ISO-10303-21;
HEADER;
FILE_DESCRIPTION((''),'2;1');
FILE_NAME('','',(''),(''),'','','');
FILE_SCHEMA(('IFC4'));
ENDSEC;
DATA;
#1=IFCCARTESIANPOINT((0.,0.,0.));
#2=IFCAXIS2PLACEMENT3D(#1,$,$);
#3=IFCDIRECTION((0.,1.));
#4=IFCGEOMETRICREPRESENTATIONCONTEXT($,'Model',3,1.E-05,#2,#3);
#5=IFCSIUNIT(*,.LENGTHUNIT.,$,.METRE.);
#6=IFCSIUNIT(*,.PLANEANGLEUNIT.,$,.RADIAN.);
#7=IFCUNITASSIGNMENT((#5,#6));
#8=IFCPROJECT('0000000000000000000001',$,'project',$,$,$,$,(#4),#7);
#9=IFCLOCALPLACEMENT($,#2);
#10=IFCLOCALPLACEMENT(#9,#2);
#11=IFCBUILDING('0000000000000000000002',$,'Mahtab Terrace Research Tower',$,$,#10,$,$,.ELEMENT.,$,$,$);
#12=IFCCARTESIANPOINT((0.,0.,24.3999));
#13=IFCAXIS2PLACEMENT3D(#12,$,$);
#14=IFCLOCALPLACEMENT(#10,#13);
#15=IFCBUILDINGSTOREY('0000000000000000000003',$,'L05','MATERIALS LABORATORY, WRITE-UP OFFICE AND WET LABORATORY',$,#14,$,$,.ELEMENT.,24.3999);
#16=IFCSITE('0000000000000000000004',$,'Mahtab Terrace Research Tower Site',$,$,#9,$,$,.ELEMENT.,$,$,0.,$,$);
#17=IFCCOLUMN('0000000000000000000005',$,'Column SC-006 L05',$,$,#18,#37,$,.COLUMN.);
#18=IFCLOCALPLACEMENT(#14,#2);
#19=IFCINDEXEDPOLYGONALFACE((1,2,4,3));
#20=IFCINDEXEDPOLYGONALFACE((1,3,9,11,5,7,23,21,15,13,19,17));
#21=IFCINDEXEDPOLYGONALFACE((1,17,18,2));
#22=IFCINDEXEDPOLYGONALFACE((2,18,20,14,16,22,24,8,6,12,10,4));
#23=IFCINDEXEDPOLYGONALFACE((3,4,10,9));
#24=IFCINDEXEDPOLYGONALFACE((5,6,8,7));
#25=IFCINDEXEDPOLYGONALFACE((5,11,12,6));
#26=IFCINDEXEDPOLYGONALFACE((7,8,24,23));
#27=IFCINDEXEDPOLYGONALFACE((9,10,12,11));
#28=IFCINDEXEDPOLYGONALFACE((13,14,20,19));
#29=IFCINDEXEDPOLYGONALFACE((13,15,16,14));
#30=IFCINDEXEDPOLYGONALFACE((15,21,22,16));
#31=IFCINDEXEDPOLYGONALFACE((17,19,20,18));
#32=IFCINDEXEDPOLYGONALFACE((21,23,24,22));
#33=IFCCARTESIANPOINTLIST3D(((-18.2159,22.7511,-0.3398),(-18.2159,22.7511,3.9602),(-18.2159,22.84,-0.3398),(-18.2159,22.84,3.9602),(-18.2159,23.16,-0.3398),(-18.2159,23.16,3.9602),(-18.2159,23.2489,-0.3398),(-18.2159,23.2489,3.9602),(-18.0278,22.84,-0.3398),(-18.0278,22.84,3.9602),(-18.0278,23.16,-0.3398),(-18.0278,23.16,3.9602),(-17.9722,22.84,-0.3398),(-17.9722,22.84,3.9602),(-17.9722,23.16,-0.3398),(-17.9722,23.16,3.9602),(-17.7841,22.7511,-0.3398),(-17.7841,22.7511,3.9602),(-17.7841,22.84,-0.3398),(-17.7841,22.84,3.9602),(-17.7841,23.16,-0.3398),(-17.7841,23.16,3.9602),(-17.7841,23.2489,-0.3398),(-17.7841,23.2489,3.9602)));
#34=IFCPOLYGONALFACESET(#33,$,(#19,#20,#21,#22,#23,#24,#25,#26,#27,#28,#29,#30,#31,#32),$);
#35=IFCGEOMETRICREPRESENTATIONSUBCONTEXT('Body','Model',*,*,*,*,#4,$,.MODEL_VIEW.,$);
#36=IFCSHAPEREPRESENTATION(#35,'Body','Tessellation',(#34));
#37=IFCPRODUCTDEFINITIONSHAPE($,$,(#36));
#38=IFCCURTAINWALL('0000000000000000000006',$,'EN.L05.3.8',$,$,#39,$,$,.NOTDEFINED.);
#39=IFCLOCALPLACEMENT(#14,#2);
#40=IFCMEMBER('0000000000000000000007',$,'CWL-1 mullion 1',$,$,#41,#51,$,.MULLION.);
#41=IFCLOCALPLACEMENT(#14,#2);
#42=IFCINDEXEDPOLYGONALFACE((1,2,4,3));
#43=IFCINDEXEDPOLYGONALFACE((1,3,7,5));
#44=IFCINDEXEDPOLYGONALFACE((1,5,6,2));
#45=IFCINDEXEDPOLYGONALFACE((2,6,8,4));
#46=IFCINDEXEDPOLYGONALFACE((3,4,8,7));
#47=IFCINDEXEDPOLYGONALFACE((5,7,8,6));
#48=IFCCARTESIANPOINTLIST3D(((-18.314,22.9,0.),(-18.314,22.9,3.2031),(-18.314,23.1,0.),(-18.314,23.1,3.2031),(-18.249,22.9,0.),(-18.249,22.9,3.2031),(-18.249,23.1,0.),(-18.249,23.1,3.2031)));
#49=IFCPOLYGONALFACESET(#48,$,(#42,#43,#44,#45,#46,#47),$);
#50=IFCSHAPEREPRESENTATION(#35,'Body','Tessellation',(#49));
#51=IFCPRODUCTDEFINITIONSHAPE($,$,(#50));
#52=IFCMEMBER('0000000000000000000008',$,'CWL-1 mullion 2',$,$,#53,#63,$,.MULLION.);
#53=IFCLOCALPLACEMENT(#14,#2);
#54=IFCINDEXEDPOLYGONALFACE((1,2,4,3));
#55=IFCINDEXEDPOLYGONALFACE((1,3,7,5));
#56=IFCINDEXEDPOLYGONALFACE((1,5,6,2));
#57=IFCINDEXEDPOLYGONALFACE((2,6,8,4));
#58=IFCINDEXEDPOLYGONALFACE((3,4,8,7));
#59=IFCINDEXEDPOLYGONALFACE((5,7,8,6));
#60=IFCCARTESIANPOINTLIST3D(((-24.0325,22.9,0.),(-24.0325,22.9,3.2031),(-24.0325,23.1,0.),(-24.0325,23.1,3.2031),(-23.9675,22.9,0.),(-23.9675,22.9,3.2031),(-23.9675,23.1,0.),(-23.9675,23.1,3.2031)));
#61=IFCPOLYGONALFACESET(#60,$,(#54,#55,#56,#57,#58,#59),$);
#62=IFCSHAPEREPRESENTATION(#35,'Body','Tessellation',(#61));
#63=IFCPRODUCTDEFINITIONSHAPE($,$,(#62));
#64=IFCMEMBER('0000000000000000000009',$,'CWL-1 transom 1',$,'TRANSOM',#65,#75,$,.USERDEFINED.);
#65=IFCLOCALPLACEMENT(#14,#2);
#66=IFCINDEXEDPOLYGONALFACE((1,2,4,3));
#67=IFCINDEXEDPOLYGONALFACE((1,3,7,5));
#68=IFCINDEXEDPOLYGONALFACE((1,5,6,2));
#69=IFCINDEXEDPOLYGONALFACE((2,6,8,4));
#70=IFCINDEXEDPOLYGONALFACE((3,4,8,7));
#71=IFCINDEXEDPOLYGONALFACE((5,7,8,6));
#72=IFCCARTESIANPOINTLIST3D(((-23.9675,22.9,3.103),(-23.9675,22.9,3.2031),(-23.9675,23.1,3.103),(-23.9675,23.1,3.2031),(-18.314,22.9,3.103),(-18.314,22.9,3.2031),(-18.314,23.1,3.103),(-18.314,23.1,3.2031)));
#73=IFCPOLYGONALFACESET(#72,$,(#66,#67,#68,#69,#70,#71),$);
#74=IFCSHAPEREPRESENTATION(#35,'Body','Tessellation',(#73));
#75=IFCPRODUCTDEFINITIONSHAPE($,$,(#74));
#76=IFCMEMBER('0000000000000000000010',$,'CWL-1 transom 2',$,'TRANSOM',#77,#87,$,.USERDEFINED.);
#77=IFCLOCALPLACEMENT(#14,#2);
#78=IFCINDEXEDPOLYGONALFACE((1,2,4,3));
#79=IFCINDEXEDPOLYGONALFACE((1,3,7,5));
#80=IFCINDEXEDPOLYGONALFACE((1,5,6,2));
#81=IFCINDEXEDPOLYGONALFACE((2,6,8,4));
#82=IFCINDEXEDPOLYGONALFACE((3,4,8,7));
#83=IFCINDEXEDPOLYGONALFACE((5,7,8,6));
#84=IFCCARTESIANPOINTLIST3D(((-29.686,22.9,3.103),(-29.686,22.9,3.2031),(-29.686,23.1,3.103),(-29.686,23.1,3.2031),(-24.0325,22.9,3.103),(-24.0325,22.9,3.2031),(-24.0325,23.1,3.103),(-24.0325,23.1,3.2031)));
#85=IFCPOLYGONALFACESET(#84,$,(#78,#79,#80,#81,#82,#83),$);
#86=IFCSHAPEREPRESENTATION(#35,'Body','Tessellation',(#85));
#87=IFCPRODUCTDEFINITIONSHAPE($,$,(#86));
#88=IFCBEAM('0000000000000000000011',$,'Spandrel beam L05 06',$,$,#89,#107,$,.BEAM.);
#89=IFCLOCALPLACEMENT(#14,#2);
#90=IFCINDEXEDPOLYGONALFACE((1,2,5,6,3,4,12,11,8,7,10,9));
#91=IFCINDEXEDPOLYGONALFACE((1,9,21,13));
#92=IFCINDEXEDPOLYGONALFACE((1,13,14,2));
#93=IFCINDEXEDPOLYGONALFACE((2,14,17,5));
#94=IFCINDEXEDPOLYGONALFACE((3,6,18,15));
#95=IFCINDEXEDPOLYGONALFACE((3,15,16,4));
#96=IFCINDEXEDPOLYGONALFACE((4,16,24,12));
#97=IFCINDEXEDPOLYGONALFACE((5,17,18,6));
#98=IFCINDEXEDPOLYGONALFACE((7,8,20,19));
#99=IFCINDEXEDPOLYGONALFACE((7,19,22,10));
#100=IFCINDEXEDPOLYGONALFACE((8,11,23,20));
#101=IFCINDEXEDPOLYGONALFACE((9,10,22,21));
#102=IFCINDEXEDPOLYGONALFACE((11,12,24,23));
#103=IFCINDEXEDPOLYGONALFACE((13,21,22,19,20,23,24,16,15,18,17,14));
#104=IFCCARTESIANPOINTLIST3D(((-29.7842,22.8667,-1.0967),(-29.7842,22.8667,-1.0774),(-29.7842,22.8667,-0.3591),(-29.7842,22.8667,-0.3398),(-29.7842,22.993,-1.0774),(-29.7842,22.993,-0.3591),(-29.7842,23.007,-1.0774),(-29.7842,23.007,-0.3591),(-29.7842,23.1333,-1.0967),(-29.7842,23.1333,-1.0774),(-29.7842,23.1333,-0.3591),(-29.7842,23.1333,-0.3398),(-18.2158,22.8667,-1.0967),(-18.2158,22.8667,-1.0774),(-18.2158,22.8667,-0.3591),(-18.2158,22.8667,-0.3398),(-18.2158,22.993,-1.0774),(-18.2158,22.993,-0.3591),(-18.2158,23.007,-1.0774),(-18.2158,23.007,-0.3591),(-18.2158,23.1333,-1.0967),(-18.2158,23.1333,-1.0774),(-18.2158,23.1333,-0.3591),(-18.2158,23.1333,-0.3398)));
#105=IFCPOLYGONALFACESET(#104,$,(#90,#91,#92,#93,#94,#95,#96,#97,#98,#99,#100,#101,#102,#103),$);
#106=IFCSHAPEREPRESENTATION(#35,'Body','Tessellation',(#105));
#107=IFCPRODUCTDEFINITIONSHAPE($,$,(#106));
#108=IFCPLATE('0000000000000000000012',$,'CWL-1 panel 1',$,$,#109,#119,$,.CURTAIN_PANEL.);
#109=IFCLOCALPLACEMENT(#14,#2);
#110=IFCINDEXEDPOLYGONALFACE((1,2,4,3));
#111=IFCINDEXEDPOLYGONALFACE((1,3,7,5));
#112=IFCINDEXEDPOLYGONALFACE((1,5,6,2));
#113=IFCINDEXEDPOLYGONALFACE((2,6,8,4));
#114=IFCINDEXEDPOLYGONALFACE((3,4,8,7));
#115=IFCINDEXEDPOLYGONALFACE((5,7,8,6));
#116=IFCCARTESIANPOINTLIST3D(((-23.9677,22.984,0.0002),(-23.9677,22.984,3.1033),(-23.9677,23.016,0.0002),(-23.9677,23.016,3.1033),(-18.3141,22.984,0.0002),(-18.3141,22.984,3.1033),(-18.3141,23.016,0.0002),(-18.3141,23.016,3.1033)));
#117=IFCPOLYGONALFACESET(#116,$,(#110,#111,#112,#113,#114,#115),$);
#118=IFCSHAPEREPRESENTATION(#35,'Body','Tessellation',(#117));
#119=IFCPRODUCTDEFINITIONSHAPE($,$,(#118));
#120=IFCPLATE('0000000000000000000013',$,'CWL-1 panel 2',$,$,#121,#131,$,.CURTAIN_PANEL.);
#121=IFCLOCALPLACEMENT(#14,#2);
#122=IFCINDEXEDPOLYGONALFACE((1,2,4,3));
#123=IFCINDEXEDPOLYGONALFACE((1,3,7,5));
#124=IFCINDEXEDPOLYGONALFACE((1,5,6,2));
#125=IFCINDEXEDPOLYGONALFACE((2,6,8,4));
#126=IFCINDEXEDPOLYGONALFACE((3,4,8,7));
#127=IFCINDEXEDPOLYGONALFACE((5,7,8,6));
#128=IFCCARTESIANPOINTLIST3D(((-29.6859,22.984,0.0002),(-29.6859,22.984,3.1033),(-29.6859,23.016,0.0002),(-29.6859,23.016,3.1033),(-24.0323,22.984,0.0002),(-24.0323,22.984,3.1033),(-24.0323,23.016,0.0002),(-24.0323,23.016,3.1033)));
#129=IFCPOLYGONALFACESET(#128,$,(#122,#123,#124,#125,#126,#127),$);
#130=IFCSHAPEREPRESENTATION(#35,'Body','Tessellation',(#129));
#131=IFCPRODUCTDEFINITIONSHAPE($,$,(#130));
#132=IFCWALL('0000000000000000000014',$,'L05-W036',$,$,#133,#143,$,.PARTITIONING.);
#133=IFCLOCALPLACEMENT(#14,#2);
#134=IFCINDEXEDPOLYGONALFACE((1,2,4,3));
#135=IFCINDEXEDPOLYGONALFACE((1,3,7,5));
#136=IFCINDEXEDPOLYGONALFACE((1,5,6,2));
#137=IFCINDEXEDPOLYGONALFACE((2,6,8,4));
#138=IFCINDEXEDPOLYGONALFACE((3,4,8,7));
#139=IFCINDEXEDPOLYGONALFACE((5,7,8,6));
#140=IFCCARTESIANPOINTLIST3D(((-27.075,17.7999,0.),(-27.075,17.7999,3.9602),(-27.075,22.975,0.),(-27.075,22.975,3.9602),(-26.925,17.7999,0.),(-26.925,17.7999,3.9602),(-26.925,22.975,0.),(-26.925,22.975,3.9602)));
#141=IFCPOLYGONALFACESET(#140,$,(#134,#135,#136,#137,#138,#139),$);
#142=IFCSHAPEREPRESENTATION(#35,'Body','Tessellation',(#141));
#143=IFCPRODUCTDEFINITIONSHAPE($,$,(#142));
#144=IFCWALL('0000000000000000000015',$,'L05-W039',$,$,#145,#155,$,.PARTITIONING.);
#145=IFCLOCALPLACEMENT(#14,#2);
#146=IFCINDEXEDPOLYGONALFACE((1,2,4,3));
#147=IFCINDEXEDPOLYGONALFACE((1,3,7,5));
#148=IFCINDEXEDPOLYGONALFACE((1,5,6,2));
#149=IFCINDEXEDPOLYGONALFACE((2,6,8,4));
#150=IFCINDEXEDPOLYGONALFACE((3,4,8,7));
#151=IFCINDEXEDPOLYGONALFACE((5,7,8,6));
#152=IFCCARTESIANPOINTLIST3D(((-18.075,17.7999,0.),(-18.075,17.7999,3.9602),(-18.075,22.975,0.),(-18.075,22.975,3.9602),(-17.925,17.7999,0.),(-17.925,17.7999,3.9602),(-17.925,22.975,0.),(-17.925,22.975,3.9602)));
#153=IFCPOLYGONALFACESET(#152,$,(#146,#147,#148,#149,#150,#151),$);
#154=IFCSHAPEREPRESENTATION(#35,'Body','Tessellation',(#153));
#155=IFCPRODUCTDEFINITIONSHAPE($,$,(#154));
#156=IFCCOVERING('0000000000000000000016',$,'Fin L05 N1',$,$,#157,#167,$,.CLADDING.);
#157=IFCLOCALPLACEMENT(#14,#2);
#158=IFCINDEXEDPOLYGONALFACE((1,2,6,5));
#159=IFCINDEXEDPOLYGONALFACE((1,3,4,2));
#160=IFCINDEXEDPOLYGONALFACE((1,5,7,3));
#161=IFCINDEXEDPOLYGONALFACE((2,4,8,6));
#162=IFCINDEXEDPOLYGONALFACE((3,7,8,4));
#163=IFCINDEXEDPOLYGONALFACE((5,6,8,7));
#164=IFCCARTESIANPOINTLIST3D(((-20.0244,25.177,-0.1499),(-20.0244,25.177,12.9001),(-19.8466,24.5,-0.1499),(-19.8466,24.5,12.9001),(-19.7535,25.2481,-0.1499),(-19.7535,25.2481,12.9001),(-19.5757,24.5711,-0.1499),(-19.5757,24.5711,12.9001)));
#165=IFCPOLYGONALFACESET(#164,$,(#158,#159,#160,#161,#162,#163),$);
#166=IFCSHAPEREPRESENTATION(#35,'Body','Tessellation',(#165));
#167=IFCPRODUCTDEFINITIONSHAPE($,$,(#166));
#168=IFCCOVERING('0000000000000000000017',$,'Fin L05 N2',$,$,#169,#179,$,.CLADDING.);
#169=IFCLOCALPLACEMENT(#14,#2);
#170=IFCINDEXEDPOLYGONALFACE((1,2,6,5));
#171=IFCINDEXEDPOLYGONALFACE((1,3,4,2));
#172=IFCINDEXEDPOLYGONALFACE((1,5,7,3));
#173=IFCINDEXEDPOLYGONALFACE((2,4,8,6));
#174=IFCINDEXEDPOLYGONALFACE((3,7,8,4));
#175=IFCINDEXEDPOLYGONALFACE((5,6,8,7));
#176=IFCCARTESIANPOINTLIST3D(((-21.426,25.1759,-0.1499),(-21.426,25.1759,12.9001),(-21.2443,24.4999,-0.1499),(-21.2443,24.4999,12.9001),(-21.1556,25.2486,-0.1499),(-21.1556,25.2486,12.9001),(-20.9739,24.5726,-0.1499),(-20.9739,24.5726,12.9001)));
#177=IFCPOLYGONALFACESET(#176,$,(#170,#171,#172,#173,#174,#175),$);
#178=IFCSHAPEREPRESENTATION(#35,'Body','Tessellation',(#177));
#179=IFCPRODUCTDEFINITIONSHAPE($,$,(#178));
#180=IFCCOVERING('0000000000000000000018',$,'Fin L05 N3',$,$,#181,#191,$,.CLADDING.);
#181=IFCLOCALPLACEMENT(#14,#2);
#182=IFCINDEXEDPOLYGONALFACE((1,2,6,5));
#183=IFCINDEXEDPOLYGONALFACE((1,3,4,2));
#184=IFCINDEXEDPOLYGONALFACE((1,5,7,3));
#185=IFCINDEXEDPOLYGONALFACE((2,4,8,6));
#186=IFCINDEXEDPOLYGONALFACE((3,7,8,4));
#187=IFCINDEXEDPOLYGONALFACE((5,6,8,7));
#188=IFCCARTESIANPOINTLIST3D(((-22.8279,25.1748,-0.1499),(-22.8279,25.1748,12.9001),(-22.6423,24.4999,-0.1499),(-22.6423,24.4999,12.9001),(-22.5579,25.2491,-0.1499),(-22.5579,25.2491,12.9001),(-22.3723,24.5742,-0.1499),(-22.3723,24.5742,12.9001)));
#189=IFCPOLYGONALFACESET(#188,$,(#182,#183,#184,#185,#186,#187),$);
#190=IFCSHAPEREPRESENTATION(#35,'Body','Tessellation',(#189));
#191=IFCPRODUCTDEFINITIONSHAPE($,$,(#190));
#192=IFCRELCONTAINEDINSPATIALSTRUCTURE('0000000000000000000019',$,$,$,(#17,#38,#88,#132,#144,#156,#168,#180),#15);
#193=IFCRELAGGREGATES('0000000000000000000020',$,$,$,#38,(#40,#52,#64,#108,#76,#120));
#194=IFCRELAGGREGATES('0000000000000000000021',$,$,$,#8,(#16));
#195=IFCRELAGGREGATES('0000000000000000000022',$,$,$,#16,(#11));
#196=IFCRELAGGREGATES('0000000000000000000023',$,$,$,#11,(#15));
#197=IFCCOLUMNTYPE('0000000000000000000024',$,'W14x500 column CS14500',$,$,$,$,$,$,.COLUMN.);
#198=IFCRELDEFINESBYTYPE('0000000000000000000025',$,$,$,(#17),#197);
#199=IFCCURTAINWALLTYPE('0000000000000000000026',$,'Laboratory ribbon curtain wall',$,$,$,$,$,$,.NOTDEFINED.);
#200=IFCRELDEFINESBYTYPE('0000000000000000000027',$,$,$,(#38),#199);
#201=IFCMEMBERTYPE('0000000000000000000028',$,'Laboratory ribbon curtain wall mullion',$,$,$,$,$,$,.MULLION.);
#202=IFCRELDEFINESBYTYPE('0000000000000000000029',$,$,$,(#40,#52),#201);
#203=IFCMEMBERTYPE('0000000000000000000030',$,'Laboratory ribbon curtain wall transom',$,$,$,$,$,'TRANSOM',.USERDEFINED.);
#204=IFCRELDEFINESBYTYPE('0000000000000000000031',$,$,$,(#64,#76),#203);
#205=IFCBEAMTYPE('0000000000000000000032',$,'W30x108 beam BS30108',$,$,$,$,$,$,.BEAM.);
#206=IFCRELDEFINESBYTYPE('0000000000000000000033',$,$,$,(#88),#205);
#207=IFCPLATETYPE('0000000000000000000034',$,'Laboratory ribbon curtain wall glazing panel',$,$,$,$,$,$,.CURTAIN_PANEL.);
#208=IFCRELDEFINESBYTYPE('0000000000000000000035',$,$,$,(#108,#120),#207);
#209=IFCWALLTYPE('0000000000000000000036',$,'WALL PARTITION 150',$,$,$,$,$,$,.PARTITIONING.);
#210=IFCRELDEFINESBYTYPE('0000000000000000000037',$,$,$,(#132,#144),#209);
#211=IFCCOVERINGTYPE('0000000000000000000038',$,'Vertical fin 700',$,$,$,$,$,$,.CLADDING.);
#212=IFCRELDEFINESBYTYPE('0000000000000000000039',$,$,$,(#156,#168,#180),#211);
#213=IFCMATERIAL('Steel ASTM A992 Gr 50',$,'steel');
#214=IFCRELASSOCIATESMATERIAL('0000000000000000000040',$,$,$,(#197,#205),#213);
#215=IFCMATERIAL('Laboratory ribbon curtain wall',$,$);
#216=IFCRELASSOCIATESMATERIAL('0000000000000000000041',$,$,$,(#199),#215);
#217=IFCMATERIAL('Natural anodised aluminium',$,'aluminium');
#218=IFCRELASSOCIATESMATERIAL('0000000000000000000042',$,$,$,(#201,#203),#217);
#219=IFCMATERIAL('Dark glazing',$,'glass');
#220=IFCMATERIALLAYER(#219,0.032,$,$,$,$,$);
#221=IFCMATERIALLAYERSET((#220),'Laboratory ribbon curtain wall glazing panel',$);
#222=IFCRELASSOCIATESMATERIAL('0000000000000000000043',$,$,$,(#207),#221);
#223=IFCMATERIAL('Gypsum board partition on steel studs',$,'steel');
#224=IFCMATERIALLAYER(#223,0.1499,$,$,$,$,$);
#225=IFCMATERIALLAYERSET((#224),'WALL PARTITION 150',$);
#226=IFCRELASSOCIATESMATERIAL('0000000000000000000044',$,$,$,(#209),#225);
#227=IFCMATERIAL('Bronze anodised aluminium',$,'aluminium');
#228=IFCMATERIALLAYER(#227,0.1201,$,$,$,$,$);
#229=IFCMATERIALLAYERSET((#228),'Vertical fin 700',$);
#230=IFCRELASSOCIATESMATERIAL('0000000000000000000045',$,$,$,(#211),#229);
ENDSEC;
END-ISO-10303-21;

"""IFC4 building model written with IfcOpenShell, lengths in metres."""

from ifc_helpers import new_model, si_unit, direction, frame, frame_2d, origin, origin_2d, place, context, subcontext, project, spatial, rectangle, i_section, extrude, material, layer, layer_set, material_profile, profile_set, type_object, element, aggregate, save


model = new_model("IFC4")

# Units and contexts
model_context = context("Model", 3, precision=1e-05, world=origin(), true_north=direction((0.0, 1.0)))
body_context = subcontext(model_context, "Body", "Model", "MODEL_VIEW")
ifc_project = project(units=[si_unit("LENGTHUNIT", "METRE"), si_unit("PLANEANGLEUNIT", "RADIAN")], contexts=[model_context])

# Site, building, storey
site_placement = place(None, origin())
site = spatial("IfcSite", under=ifc_project, at=site_placement, Name="Mahtab Terrace Research Tower Site", CompositionType="ELEMENT", RefElevation=0.0)
building_placement = place(site_placement, origin())
building = spatial("IfcBuilding", under=site, at=building_placement, Name="Mahtab Terrace Research Tower", CompositionType="ELEMENT")
storey_placement = place(building_placement, frame((0.0, 0.0, 24.3999)))
storey = spatial("IfcBuildingStorey", under=building, at=storey_placement, Name="L05", Description="MATERIALS LABORATORY, WRITE-UP OFFICE AND WET LABORATORY", CompositionType="ELEMENT", Elevation=24.3999)

# Column
ifc_material_1 = material(Name="Steel ASTM A992 Gr 50", Category="steel")
ifc_material_profile_1 = material_profile(ifc_material_1, i_section(OverallWidth=0.4319, OverallDepth=0.4978, WebThickness=0.0557, FlangeThickness=0.0889, at=origin_2d()), Name="W14X500")
ifc_profile_set_1 = profile_set([ifc_material_profile_1], Name="Steel ASTM A992 Gr 50")
column_type = type_object("IfcColumnType", Name="W14x500 column CS14500", PredefinedType="COLUMN", material=ifc_profile_set_1)
column_placement = place(storey_placement, frame((-18.0, 23.0, -0.3398), z_axis=(0.0, 0.0, 1.0), x_axis=(1.0, 0.0, 0.0)))
element("IfcColumn", 1, at=column_placement, inside=storey, type_object=column_type, Name="Column SC-006 L05", PredefinedType="COLUMN", context=body_context, shape_type="SweptSolid", body=[
    extrude(i_section(OverallWidth=0.4319, OverallDepth=0.4978, WebThickness=0.0557, FlangeThickness=0.0889, at=origin_2d()), origin(), (0.0, 0.0, 1.0), 4.3),
])

# Curtain wall, members
ifc_material_2 = material(Name="Laboratory ribbon curtain wall")
curtain_wall_type = type_object("IfcCurtainWallType", Name="Laboratory ribbon curtain wall", PredefinedType="NOTDEFINED", material=ifc_material_2)
curtain_wall_placement = place(storey_placement, origin())
curtain_wall = element("IfcCurtainWall", 2, at=curtain_wall_placement, inside=storey, type_object=curtain_wall_type, Name="EN.L05.3.8", PredefinedType="NOTDEFINED")
ifc_material_3 = material(Name="Natural anodised aluminium", Category="aluminium")
ifc_material_profile_2 = material_profile(ifc_material_3, rectangle(XDim=0.2, YDim=0.0649, at=origin_2d()), Name="MULLION 65x200")
ifc_profile_set_2 = profile_set([ifc_material_profile_2], Name="Natural anodised aluminium")
member_type_1 = type_object("IfcMemberType", Name="Laboratory ribbon curtain wall mullion", PredefinedType="MULLION", material=ifc_profile_set_2)
member_1_placement = place(storey_placement, frame((-18.2815, 23.0, 0.0), z_axis=(0.0, 0.0, 1.0), x_axis=(0.0, -1.0, 0.0)))
member_1 = element("IfcMember", 3, at=member_1_placement, type_object=member_type_1, Name="CWL-1 mullion 1", PredefinedType="MULLION", context=body_context, shape_type="SweptSolid", body=[
    extrude(rectangle(XDim=0.2, YDim=0.0649, at=origin_2d()), origin(), (0.0, 0.0, 1.0), 3.2031),
])
member_2_placement = place(storey_placement, frame((-24.0, 23.0, 0.0), z_axis=(0.0, 0.0, 1.0), x_axis=(0.0, -1.0, 0.0)))
member_2 = element("IfcMember", 4, at=member_2_placement, type_object=member_type_1, Name="CWL-1 mullion 2", PredefinedType="MULLION", context=body_context, shape_type="SweptSolid", body=[
    extrude(rectangle(XDim=0.2, YDim=0.0649, at=origin_2d()), origin(), (0.0, 0.0, 1.0), 3.2031),
])
ifc_material_profile_3 = material_profile(ifc_material_3, rectangle(XDim=0.2, YDim=0.1001, at=origin_2d()), Name="TRANSOM 100x200")
ifc_profile_set_3 = profile_set([ifc_material_profile_3], Name="Natural anodised aluminium")
member_type_2 = type_object("IfcMemberType", Name="Laboratory ribbon curtain wall transom", ElementType="TRANSOM", PredefinedType="USERDEFINED", material=ifc_profile_set_3)
member_3_placement = place(storey_placement, frame((-18.314, 23.0, 3.1531), z_axis=(-1.0, 0.0, 0.0), x_axis=(0.0, -1.0, 0.0)))
member_3 = element("IfcMember", 5, at=member_3_placement, type_object=member_type_2, Name="CWL-1 transom 1", ObjectType="TRANSOM", PredefinedType="USERDEFINED", context=body_context, shape_type="SweptSolid", body=[
    extrude(rectangle(XDim=0.2, YDim=0.1001, at=origin_2d()), origin(), (0.0, 0.0, 1.0), 5.6536),
])
member_4_placement = place(storey_placement, frame((-24.0325, 23.0, 3.1531), z_axis=(-1.0, 0.0, 0.0), x_axis=(0.0, -1.0, 0.0)))
member_4 = element("IfcMember", 6, at=member_4_placement, type_object=member_type_2, Name="CWL-1 transom 2", ObjectType="TRANSOM", PredefinedType="USERDEFINED", context=body_context, shape_type="SweptSolid", body=[
    extrude(rectangle(XDim=0.2, YDim=0.1001, at=origin_2d()), origin(), (0.0, 0.0, 1.0), 5.6536),
])

# Beam
ifc_material_profile_4 = material_profile(ifc_material_1, i_section(OverallWidth=0.2666, OverallDepth=0.7568, WebThickness=0.0139, FlangeThickness=0.0193, at=origin_2d()), Name="W30X108")
ifc_profile_set_4 = profile_set([ifc_material_profile_4], Name="Steel ASTM A992 Gr 50")
beam_type = type_object("IfcBeamType", Name="W30x108 beam BS30108", PredefinedType="BEAM", material=ifc_profile_set_4)
beam_placement = place(storey_placement, frame((-18.2158, 23.0, -0.7183), z_axis=(-1.0, 0.0, 0.0), x_axis=(0.0, -1.0, 0.0)))
element("IfcBeam", 7, at=beam_placement, inside=storey, type_object=beam_type, Name="Spandrel beam L05 06", PredefinedType="BEAM", context=body_context, shape_type="SweptSolid", body=[
    extrude(i_section(OverallWidth=0.2666, OverallDepth=0.7568, WebThickness=0.0139, FlangeThickness=0.0193, at=origin_2d()), origin(), (0.0, 0.0, 1.0), 11.5684),
])

# Plates
ifc_material_4 = material(Name="Dark glazing", Category="glass")
ifc_layer_1 = layer(ifc_material_4, 0.032)
ifc_layer_set_1 = layer_set([ifc_layer_1], Name="Laboratory ribbon curtain wall glazing panel")
plate_type = type_object("IfcPlateType", Name="Laboratory ribbon curtain wall glazing panel", PredefinedType="CURTAIN_PANEL", material=ifc_layer_set_1)
plate_1_placement = place(storey_placement, frame((-21.1409, 23.0, 0.0002), z_axis=(0.0, 0.0, 1.0), x_axis=(-1.0, 0.0, 0.0)))
plate_1 = element("IfcPlate", 8, at=plate_1_placement, type_object=plate_type, Name="CWL-1 panel 1", PredefinedType="CURTAIN_PANEL", context=body_context, shape_type="SweptSolid", body=[
    extrude(rectangle(XDim=5.6536, YDim=0.032, at=origin_2d()), origin(), (0.0, 0.0, 1.0), 3.103),
])
plate_2_placement = place(storey_placement, frame((-26.8591, 23.0, 0.0002), z_axis=(0.0, 0.0, 1.0), x_axis=(-1.0, 0.0, 0.0)))
plate_2 = element("IfcPlate", 9, at=plate_2_placement, type_object=plate_type, Name="CWL-1 panel 2", PredefinedType="CURTAIN_PANEL", context=body_context, shape_type="SweptSolid", body=[
    extrude(rectangle(XDim=5.6536, YDim=0.032, at=origin_2d()), origin(), (0.0, 0.0, 1.0), 3.103),
])
aggregate(curtain_wall, [member_1, member_2, member_3, plate_1, member_4, plate_2])

# Walls
ifc_material_5 = material(Name="Gypsum board partition on steel studs", Category="steel")
ifc_layer_2 = layer(ifc_material_5, 0.1499)
ifc_layer_set_2 = layer_set([ifc_layer_2], Name="WALL PARTITION 150")
wall_type = type_object("IfcWallType", Name="WALL PARTITION 150", PredefinedType="PARTITIONING", material=ifc_layer_set_2)
for number, where, z_axis, x_axis, name in (
    (10, (-27.0, 17.8, 0.0), (0.0, 0.0, 1.0), (0.0, 1.0, 0.0), "L05-W036"),
    (11, (-18.0, 17.8, 0.0), (0.0, 0.0, 1.0), (0.0, 1.0, 0.0), "L05-W039"),
):
    element("IfcWall", number, at=place(storey_placement, frame(where, z_axis=z_axis, x_axis=x_axis)), inside=storey, type_object=wall_type, Name=name, PredefinedType="PARTITIONING", context=body_context, shape_type="SweptSolid", body=[
        extrude(rectangle(XDim=5.175, YDim=0.1499, at=frame_2d((2.5874, 0.0))), origin(), (0.0, 0.0, 1.0), 3.9602),
    ])

# Coverings
ifc_material_6 = material(Name="Bronze anodised aluminium", Category="aluminium")
ifc_layer_3 = layer(ifc_material_6, 0.1201)
ifc_layer_set_3 = layer_set([ifc_layer_3], Name="Vertical fin 700")
covering_type = type_object("IfcCoveringType", Name="Vertical fin 700", PredefinedType="CLADDING", material=ifc_layer_set_3)
for number, where, z_axis, x_axis, name in (
    (12, (-19.8, 24.874, -0.1499), (0.0, 0.0, 1.0), (-0.967204, -0.253999, 0.0), "Fin L05 N1"),
    (13, (-21.2, 24.8743, -0.1499), (0.0, 0.0, 1.0), (-0.96571, -0.259622, 0.0), "Fin L05 N2"),
    (14, (-22.6001, 24.8745, -0.1499), (0.0, 0.0, 1.0), (-0.964184, -0.265236, 0.0), "Fin L05 N3"),
):
    element("IfcCovering", number, at=place(storey_placement, frame(where, z_axis=z_axis, x_axis=x_axis)), inside=storey, type_object=covering_type, Name=name, PredefinedType="CLADDING", context=body_context, shape_type="SweptSolid", body=[
        extrude(rectangle(XDim=0.28, YDim=0.7, at=origin_2d()), origin(), (0.0, 0.0, 1.0), 13.05),
    ])

save(model, "model.ifc")
